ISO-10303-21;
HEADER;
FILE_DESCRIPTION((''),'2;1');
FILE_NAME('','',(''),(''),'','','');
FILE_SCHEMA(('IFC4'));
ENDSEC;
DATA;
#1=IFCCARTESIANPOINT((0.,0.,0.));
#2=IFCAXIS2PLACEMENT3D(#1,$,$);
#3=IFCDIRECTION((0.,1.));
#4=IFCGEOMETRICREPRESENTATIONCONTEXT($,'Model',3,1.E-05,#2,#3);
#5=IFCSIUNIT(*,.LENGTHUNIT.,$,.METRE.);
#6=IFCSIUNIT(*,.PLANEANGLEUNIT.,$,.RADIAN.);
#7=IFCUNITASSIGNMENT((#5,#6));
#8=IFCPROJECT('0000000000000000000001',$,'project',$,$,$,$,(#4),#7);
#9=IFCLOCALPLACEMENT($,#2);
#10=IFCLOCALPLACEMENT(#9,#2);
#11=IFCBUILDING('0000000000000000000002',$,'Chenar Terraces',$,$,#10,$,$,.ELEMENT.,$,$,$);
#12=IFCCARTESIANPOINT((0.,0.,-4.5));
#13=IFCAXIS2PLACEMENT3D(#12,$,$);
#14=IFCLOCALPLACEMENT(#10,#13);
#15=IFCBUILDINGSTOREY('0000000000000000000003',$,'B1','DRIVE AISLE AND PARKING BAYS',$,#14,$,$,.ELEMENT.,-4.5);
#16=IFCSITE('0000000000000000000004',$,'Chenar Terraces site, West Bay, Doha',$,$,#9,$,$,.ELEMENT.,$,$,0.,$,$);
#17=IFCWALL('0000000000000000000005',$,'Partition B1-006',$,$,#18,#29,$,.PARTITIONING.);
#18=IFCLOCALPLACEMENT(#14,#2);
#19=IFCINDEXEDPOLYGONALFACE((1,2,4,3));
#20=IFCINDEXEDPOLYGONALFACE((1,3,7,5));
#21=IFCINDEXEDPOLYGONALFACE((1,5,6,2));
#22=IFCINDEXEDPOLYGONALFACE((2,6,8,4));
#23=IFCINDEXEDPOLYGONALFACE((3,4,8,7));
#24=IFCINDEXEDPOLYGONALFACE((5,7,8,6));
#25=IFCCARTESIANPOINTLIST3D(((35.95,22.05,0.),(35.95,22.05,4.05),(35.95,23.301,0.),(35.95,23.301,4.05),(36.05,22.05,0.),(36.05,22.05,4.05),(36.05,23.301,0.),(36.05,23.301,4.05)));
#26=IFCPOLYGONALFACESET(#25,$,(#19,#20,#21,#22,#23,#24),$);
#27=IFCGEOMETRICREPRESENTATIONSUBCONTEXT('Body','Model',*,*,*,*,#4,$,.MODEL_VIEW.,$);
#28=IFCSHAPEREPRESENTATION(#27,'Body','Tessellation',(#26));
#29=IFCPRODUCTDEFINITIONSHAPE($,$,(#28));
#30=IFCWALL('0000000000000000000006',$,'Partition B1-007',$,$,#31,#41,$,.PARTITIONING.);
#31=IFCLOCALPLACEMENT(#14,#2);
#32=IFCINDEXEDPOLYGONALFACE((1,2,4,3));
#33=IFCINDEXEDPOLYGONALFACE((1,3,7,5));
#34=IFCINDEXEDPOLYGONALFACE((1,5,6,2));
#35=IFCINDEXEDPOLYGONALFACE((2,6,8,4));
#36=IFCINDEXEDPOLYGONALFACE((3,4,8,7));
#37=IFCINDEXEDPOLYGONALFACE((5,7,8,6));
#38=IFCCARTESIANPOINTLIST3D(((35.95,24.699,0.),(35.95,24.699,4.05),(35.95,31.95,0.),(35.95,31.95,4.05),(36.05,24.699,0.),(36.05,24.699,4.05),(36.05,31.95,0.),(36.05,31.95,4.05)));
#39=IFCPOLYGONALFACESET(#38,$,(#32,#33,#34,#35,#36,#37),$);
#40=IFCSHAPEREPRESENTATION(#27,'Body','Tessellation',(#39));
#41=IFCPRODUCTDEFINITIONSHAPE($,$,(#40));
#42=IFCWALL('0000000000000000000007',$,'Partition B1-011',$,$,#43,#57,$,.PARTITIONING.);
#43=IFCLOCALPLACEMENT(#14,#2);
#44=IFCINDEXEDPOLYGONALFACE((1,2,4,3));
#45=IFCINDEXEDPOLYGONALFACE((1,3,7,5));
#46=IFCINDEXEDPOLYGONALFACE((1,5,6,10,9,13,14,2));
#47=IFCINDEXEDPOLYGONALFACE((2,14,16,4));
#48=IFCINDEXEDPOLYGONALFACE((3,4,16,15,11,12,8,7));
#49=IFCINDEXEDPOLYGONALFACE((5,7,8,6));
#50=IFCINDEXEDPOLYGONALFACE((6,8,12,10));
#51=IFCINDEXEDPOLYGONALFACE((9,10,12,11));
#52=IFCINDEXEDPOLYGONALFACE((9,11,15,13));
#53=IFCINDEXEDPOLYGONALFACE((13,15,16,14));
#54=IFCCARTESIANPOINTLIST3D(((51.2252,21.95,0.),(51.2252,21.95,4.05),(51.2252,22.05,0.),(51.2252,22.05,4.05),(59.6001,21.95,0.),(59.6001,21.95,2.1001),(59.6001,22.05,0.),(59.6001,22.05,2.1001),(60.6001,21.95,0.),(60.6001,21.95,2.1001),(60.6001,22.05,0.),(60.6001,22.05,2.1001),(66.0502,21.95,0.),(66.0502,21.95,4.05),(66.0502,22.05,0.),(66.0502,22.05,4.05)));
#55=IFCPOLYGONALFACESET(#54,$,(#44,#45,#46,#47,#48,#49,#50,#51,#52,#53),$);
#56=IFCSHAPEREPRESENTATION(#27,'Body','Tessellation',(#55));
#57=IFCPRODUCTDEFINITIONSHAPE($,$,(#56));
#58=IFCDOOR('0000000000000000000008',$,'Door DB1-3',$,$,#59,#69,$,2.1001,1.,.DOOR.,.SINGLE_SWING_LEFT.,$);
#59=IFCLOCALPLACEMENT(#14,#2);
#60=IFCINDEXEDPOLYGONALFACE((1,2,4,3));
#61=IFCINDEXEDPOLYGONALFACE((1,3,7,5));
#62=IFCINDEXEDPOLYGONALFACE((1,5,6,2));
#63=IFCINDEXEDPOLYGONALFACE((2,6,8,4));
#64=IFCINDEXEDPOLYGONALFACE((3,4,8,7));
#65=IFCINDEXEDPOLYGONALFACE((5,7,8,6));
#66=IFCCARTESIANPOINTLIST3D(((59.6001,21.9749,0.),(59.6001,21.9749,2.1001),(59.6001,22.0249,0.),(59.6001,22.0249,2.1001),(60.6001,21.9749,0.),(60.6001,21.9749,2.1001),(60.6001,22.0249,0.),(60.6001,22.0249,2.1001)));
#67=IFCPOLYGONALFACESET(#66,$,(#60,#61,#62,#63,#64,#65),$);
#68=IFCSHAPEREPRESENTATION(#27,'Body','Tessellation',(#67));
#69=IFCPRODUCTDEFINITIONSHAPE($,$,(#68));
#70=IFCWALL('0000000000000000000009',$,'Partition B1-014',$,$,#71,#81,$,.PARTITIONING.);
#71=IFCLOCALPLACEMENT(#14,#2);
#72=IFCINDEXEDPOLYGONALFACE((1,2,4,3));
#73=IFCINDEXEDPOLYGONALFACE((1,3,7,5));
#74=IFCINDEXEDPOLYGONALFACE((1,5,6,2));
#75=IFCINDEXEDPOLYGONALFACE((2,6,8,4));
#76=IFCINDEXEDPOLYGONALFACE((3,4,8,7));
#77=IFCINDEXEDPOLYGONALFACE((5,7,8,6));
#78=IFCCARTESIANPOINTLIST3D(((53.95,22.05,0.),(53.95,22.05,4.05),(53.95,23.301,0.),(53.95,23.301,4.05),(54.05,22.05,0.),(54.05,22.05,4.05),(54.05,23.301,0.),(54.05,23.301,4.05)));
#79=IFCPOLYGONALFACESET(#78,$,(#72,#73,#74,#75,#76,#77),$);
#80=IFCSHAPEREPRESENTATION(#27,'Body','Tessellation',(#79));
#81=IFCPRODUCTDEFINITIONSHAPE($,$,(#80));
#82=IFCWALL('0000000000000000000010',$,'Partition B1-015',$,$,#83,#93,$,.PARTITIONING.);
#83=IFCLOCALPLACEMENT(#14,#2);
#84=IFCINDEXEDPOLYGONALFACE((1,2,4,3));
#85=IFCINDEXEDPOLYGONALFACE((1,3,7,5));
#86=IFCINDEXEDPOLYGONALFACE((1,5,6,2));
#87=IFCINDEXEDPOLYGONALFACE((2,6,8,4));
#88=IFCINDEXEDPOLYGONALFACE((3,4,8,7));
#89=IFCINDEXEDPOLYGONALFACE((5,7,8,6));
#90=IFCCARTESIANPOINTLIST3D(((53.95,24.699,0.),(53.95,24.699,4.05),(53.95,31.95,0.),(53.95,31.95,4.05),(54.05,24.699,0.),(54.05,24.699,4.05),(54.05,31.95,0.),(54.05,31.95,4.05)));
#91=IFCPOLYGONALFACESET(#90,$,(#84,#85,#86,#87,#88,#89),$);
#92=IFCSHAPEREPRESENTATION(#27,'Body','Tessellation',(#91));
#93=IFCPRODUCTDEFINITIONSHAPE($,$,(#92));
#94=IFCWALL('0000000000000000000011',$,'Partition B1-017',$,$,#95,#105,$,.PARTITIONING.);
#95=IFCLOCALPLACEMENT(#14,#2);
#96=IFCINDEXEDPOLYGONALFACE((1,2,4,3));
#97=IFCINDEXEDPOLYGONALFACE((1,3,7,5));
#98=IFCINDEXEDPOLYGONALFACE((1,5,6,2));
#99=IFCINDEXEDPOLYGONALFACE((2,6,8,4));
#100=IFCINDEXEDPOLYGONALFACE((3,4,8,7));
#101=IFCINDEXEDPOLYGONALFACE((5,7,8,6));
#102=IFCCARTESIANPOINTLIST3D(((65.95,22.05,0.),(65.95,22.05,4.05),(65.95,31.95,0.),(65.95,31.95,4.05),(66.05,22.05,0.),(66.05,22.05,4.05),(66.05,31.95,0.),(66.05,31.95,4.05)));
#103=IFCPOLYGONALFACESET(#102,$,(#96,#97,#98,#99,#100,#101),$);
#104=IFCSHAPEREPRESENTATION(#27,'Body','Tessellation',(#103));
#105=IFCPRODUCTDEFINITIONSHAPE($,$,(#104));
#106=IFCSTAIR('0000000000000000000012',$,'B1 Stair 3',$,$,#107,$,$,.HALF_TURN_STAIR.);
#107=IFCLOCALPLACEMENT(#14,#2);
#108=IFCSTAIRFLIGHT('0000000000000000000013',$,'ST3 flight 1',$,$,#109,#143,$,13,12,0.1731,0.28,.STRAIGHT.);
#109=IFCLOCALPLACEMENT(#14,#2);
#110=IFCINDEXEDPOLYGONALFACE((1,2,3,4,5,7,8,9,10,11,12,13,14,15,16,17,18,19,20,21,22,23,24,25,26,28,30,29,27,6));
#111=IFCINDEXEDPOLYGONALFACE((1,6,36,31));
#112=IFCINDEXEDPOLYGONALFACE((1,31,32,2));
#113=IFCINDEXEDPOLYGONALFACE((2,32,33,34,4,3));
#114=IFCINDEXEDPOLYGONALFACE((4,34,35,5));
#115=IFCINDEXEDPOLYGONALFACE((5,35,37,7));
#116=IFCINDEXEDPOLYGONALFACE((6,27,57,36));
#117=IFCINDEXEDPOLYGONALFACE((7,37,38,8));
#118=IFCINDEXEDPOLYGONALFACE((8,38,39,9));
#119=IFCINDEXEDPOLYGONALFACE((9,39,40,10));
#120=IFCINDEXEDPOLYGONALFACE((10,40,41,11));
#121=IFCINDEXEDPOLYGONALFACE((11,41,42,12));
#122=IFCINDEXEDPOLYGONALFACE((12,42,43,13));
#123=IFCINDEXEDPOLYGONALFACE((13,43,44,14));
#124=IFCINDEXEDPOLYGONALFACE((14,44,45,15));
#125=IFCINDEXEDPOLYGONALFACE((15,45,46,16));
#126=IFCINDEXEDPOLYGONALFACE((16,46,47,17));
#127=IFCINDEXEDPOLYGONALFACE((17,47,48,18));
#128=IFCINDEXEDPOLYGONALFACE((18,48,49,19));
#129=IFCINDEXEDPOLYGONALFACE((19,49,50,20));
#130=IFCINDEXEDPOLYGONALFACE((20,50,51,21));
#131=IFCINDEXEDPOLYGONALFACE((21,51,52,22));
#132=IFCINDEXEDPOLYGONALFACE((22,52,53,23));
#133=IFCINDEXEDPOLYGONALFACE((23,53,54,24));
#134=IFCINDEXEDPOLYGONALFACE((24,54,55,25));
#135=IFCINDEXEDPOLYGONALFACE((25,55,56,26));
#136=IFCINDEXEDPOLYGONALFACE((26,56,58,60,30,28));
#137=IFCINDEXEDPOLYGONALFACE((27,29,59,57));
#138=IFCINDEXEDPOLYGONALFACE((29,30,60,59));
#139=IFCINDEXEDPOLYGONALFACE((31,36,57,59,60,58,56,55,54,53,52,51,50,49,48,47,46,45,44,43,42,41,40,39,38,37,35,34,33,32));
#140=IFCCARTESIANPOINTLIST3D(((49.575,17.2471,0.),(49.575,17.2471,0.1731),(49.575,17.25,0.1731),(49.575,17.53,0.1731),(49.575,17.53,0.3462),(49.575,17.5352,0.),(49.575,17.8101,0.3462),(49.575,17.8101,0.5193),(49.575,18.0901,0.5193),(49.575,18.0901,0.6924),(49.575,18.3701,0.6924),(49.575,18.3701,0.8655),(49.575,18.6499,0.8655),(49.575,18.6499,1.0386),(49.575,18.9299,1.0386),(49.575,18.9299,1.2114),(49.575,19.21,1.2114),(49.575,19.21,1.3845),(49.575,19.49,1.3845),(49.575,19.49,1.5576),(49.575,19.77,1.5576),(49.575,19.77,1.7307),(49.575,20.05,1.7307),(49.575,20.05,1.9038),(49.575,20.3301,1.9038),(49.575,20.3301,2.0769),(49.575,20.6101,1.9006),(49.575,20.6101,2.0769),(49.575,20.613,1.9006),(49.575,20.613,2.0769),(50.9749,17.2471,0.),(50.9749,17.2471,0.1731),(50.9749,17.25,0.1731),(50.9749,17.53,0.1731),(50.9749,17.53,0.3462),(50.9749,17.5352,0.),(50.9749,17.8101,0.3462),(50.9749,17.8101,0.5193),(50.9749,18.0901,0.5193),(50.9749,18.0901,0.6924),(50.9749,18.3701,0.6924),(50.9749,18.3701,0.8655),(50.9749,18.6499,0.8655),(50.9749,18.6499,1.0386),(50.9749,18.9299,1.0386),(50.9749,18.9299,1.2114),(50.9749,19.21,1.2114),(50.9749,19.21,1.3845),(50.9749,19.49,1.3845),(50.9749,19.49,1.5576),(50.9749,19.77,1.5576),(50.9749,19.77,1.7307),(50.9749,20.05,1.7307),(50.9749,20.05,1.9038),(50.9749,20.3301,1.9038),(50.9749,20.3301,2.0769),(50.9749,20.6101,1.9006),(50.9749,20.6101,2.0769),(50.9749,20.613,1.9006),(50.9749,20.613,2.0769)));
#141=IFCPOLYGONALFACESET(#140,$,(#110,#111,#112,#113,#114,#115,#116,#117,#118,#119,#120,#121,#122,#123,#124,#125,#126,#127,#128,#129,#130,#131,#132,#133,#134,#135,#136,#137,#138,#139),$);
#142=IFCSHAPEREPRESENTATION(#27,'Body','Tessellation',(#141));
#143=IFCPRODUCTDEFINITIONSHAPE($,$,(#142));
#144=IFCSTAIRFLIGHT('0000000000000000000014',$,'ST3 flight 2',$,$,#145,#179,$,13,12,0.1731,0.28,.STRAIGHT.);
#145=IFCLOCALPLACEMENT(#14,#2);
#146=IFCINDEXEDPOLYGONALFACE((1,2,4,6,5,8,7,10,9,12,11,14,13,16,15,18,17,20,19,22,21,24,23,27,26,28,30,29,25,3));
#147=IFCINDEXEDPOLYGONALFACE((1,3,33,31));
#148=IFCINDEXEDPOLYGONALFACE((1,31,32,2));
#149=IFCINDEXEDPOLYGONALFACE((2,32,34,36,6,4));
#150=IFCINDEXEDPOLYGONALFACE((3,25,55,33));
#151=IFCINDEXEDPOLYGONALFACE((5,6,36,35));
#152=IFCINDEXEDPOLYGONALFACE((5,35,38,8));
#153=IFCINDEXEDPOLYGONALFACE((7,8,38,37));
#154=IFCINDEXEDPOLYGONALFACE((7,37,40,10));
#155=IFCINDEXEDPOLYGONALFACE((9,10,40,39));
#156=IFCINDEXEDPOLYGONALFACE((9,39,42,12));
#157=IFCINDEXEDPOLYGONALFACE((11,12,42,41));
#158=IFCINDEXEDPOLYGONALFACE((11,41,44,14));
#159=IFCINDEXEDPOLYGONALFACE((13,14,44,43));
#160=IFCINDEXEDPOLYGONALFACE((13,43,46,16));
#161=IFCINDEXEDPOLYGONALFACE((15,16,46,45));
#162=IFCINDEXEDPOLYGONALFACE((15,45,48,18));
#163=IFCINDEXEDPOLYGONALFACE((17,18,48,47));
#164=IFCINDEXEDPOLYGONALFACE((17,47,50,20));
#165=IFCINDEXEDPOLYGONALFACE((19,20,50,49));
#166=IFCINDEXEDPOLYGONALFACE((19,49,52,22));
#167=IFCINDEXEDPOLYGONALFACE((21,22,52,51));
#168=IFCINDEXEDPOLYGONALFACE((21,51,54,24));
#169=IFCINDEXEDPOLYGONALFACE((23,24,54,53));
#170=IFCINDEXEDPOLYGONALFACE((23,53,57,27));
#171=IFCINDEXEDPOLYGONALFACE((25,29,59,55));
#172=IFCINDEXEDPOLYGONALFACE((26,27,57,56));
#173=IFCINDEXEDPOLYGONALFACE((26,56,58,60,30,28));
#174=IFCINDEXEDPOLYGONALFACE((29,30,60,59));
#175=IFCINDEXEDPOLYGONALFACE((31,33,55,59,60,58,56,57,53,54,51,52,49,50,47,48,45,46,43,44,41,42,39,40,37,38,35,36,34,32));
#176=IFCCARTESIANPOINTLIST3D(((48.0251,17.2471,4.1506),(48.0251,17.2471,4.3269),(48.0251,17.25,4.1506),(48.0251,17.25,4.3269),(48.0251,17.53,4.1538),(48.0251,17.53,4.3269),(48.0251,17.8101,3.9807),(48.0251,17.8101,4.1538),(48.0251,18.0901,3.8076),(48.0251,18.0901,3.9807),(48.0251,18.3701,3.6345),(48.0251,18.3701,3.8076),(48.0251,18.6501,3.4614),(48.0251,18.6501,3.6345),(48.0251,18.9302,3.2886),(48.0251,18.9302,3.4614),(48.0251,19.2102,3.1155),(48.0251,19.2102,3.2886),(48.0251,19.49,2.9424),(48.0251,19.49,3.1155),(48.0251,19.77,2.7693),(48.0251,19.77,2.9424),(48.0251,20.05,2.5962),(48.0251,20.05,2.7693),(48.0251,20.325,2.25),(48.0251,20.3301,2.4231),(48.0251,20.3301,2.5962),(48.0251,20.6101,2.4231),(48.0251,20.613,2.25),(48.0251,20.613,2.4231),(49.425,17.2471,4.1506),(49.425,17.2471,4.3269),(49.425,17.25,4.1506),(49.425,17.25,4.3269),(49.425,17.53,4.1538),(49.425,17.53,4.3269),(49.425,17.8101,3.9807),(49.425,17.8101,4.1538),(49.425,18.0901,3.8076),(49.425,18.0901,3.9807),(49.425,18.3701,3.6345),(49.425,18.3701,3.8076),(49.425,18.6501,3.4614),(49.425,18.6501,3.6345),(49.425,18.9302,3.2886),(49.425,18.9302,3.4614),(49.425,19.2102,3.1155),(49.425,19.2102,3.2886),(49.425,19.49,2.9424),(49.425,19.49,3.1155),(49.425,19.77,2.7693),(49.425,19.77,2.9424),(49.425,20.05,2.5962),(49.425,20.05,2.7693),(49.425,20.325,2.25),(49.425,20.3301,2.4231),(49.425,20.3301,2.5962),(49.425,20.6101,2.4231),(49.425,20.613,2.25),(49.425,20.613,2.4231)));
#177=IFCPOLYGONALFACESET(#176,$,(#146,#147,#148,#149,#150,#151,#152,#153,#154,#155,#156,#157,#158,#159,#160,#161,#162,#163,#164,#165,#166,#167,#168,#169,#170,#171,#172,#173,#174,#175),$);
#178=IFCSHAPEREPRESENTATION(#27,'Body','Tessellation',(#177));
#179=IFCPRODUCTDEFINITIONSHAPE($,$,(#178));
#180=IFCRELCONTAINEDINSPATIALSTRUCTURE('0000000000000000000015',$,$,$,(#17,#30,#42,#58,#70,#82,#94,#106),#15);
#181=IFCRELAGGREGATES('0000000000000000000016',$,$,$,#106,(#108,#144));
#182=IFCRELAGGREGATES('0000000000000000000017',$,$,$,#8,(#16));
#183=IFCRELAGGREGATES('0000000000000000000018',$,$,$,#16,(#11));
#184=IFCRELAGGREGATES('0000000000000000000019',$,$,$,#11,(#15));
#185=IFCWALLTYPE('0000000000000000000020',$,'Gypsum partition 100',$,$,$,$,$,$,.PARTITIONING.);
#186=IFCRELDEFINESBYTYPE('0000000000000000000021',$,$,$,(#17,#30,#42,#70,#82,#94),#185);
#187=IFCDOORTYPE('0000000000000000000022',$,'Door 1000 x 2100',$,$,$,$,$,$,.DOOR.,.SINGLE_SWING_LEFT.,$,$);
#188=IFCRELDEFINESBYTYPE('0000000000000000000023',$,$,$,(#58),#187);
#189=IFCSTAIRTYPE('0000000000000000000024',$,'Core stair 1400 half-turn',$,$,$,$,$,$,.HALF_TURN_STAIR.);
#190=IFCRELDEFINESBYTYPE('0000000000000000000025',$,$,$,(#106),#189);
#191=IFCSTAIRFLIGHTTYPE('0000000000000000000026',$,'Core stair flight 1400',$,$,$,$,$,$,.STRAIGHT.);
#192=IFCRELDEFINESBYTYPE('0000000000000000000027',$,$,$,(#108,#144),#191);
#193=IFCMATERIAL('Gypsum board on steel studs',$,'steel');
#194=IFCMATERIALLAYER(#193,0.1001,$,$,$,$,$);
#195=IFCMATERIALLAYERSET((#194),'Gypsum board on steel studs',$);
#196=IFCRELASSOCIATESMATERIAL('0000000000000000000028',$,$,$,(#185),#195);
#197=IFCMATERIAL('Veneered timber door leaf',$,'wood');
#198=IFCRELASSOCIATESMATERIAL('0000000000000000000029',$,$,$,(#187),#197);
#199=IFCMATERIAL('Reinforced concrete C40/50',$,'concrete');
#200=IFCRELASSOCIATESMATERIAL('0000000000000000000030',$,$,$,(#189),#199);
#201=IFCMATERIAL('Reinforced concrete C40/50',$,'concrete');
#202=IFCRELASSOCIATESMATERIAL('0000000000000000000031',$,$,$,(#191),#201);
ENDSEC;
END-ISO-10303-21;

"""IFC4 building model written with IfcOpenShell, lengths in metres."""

from ifc_helpers import new_model, si_unit, direction, frame, frame_2d, origin, place, context, subcontext, project, spatial, polyline, rectangle, outline, extrude, material, layer, layer_set, type_object, element, fill, aggregate, save


model = new_model("IFC4")

# Units and contexts
model_context = context("Model", 3, precision=1e-05, world=origin(), true_north=direction((0.0, 1.0)))
body_context = subcontext(model_context, "Body", "Model", "MODEL_VIEW")
ifc_project = project(units=[si_unit("LENGTHUNIT", "METRE"), si_unit("PLANEANGLEUNIT", "RADIAN")], contexts=[model_context])

# Site, building, storey
site_placement = place(None, origin())
site = spatial("IfcSite", under=ifc_project, at=site_placement, Name="Chenar Terraces site, West Bay, Doha", CompositionType="ELEMENT", RefElevation=0.0)
building_placement = place(site_placement, origin())
building = spatial("IfcBuilding", under=site, at=building_placement, Name="Chenar Terraces", CompositionType="ELEMENT")
storey_placement = place(building_placement, frame((0.0, 0.0, -4.5)))
storey = spatial("IfcBuildingStorey", under=building, at=storey_placement, Name="B1", Description="DRIVE AISLE AND PARKING BAYS", CompositionType="ELEMENT", Elevation=-4.5)

# Walls
ifc_material_1 = material(Name="Gypsum board on steel studs", Category="steel")
ifc_layer_1 = layer(ifc_material_1, 0.1001)
ifc_layer_set_1 = layer_set([ifc_layer_1], Name="Gypsum board on steel studs")
wall_type_1 = type_object("IfcWallType", Name="Gypsum partition 100", PredefinedType="PARTITIONING", material=ifc_layer_set_1)
wall_1_placement = place(storey_placement, frame((36.0, 22.05, 0.0), z_axis=(0.0, 0.0, 1.0), x_axis=(0.0, 1.0, 0.0)))
element("IfcWall", 1, at=wall_1_placement, inside=storey, type_object=wall_type_1, Name="Partition B1-006", PredefinedType="PARTITIONING", context=body_context, shape_type="SweptSolid", body=[
    extrude(rectangle(XDim=1.251, YDim=0.1001, at=frame_2d((0.6255, 0.0))), origin(), (0.0, 0.0, 1.0), 4.05),
])
wall_2_placement = place(storey_placement, frame((36.0, 24.699, 0.0), z_axis=(0.0, 0.0, 1.0), x_axis=(0.0, 1.0, 0.0)))
element("IfcWall", 2, at=wall_2_placement, inside=storey, type_object=wall_type_1, Name="Partition B1-007", PredefinedType="PARTITIONING", context=body_context, shape_type="SweptSolid", body=[
    extrude(rectangle(XDim=7.251, YDim=0.1001, at=frame_2d((3.6255, 0.0))), origin(), (0.0, 0.0, 1.0), 4.05),
])

# Wall, opening, door
wall_3_placement = place(storey_placement, frame((51.2251, 22.0, 0.0), z_axis=(0.0, 0.0, 1.0), x_axis=(1.0, 0.0, 0.0)))
wall_3 = element("IfcWall", 3, at=wall_3_placement, inside=storey, type_object=wall_type_1, Name="Partition B1-011", PredefinedType="PARTITIONING", context=body_context, shape_type="SweptSolid", body=[
    extrude(rectangle(XDim=14.825, YDim=0.1001, at=frame_2d((7.4126, 0.0))), origin(), (0.0, 0.0, 1.0), 4.05),
])
opening_placement = place(wall_3_placement, frame((8.375, 0.0, 0.0)))
opening = element("IfcOpeningElement", 4, at=opening_placement, cuts=wall_3, PredefinedType="OPENING", context=body_context, shape_type="SweptSolid", body=[
    extrude(rectangle(XDim=1.0, YDim=2.1001, at=frame_2d((0.5, 1.05))), frame((0.0, 0.0601, 0.0), z_axis=(0.0, -1.0, 0.0), x_axis=(1.0, 0.0, 0.0)), (0.0, 0.0, 1.0), 0.1201),
])
ifc_material_2 = material(Name="Veneered timber door leaf", Category="wood")
door_type = type_object("IfcDoorType", Name="Door 1000 x 2100", OperationType="SINGLE_SWING_LEFT", PredefinedType="DOOR", material=ifc_material_2)
door_placement = place(opening_placement, origin())
door = element("IfcDoor", 5, at=door_placement, inside=storey, type_object=door_type, Name="Door DB1-3", OperationType="SINGLE_SWING_LEFT", OverallHeight=2.1001, OverallWidth=1.0, PredefinedType="DOOR", context=body_context, shape_type="SweptSolid", body=[
    extrude(rectangle(XDim=1.0, YDim=2.1001, at=frame_2d((0.5, 1.05))), frame((0.0, 0.0249, 0.0), z_axis=(0.0, -1.0, 0.0), x_axis=(1.0, 0.0, 0.0)), (0.0, 0.0, 1.0), 0.05),
])
fill(opening, door)

# Walls
wall_4_placement = place(storey_placement, frame((54.0, 22.05, 0.0), z_axis=(0.0, 0.0, 1.0), x_axis=(0.0, 1.0, 0.0)))
element("IfcWall", 6, at=wall_4_placement, inside=storey, type_object=wall_type_1, Name="Partition B1-014", PredefinedType="PARTITIONING", context=body_context, shape_type="SweptSolid", body=[
    extrude(rectangle(XDim=1.251, YDim=0.1001, at=frame_2d((0.6255, 0.0))), origin(), (0.0, 0.0, 1.0), 4.05),
])
wall_5_placement = place(storey_placement, frame((54.0, 24.699, 0.0), z_axis=(0.0, 0.0, 1.0), x_axis=(0.0, 1.0, 0.0)))
element("IfcWall", 7, at=wall_5_placement, inside=storey, type_object=wall_type_1, Name="Partition B1-015", PredefinedType="PARTITIONING", context=body_context, shape_type="SweptSolid", body=[
    extrude(rectangle(XDim=7.251, YDim=0.1001, at=frame_2d((3.6255, 0.0))), origin(), (0.0, 0.0, 1.0), 4.05),
])
wall_6_placement = place(storey_placement, frame((66.0, 22.05, 0.0), z_axis=(0.0, 0.0, 1.0), x_axis=(0.0, 1.0, 0.0)))
element("IfcWall", 8, at=wall_6_placement, inside=storey, type_object=wall_type_1, Name="Partition B1-017", PredefinedType="PARTITIONING", context=body_context, shape_type="SweptSolid", body=[
    extrude(rectangle(XDim=9.8999, YDim=0.1001, at=frame_2d((4.95, 0.0))), origin(), (0.0, 0.0, 1.0), 4.05),
])

# Stair, stair flights
ifc_material_3 = material(Name="Reinforced concrete C40/50", Category="concrete")
stair_type = type_object("IfcStairType", Name="Core stair 1400 half-turn", PredefinedType="HALF_TURN_STAIR", material=ifc_material_3)
stair_placement = place(storey_placement, origin())
stair = element("IfcStair", 9, at=stair_placement, inside=storey, type_object=stair_type, Name="B1 Stair 3", PredefinedType="HALF_TURN_STAIR")
ifc_material_4 = material(Name="Reinforced concrete C40/50", Category="concrete")
stair_flight_type = type_object("IfcStairFlightType", Name="Core stair flight 1400", PredefinedType="STRAIGHT", material=ifc_material_4)
stair_flight_1_placement = place(storey_placement, frame((50.2749, 17.25, 0.0), z_axis=(0.0, 0.0, 1.0), x_axis=(0.0, 1.0, 0.0)))
stair_flight_1 = element("IfcStairFlight", 10, at=stair_flight_1_placement, type_object=stair_flight_type, Name="ST3 flight 1", NumberOfRisers=13, NumberOfTreads=12, PredefinedType="STRAIGHT", RiserHeight=0.1731, TreadLength=0.28, context=body_context, shape_type="SweptSolid", body=[
    extrude(outline(polyline([(-0.0029, 0.0), (-0.0029, 0.1731), (0.0, 0.1731), (0.28, 0.1731), (0.28, 0.3462), (0.5601, 0.3462), (0.5601, 0.5193), (0.8401, 0.5193), (0.8401, 0.6924), (1.1201, 0.6924), (1.1201, 0.8655), (1.3999, 0.8655), (1.3999, 1.0386), (1.6799, 1.0386), (1.6799, 1.2114), (1.96, 1.2114), (1.96, 1.3845), (2.24, 1.3845), (2.24, 1.5576), (2.52, 1.5576), (2.52, 1.7307), (2.8, 1.7307), (2.8, 1.9038), (3.0801, 1.9038), (3.0801, 2.0769), (3.3601, 2.0769), (3.363, 2.0769), (3.363, 1.9006), (3.3601, 1.9006), (0.2852, 0.0), (-0.0029, 0.0)])), frame((0.0, 0.7, 0.0), z_axis=(0.0, -1.0, 0.0), x_axis=(1.0, 0.0, 0.0)), (0.0, 0.0, 1.0), 1.3999),
])
stair_flight_2_placement = place(storey_placement, frame((48.7251, 20.6101, 2.25), z_axis=(0.0, 0.0, 1.0), x_axis=(0.0, -1.0, 0.0)))
stair_flight_2 = element("IfcStairFlight", 11, at=stair_flight_2_placement, type_object=stair_flight_type, Name="ST3 flight 2", NumberOfRisers=13, NumberOfTreads=12, PredefinedType="STRAIGHT", RiserHeight=0.1731, TreadLength=0.28, context=body_context, shape_type="SweptSolid", body=[
    extrude(outline(polyline([(-0.0029, 0.0), (-0.0029, 0.1731), (0.0, 0.1731), (0.28, 0.1731), (0.28, 0.3462), (0.5601, 0.3462), (0.5601, 0.5193), (0.8401, 0.5193), (0.8401, 0.6924), (1.1201, 0.6924), (1.1201, 0.8655), (1.3999, 0.8655), (1.3999, 1.0386), (1.6799, 1.0386), (1.6799, 1.2114), (1.96, 1.2114), (1.96, 1.3845), (2.24, 1.3845), (2.24, 1.5576), (2.52, 1.5576), (2.52, 1.7307), (2.8, 1.7307), (2.8, 1.9038), (3.0801, 1.9038), (3.0801, 2.0769), (3.3601, 2.0769), (3.363, 2.0769), (3.363, 1.9006), (3.3601, 1.9006), (0.2852, 0.0), (-0.0029, 0.0)])), frame((0.0, 0.7, 0.0), z_axis=(0.0, -1.0, 0.0), x_axis=(1.0, 0.0, 0.0)), (0.0, 0.0, 1.0), 1.3999),
])
aggregate(stair, [stair_flight_1, stair_flight_2])

save(model, "model.ifc")
